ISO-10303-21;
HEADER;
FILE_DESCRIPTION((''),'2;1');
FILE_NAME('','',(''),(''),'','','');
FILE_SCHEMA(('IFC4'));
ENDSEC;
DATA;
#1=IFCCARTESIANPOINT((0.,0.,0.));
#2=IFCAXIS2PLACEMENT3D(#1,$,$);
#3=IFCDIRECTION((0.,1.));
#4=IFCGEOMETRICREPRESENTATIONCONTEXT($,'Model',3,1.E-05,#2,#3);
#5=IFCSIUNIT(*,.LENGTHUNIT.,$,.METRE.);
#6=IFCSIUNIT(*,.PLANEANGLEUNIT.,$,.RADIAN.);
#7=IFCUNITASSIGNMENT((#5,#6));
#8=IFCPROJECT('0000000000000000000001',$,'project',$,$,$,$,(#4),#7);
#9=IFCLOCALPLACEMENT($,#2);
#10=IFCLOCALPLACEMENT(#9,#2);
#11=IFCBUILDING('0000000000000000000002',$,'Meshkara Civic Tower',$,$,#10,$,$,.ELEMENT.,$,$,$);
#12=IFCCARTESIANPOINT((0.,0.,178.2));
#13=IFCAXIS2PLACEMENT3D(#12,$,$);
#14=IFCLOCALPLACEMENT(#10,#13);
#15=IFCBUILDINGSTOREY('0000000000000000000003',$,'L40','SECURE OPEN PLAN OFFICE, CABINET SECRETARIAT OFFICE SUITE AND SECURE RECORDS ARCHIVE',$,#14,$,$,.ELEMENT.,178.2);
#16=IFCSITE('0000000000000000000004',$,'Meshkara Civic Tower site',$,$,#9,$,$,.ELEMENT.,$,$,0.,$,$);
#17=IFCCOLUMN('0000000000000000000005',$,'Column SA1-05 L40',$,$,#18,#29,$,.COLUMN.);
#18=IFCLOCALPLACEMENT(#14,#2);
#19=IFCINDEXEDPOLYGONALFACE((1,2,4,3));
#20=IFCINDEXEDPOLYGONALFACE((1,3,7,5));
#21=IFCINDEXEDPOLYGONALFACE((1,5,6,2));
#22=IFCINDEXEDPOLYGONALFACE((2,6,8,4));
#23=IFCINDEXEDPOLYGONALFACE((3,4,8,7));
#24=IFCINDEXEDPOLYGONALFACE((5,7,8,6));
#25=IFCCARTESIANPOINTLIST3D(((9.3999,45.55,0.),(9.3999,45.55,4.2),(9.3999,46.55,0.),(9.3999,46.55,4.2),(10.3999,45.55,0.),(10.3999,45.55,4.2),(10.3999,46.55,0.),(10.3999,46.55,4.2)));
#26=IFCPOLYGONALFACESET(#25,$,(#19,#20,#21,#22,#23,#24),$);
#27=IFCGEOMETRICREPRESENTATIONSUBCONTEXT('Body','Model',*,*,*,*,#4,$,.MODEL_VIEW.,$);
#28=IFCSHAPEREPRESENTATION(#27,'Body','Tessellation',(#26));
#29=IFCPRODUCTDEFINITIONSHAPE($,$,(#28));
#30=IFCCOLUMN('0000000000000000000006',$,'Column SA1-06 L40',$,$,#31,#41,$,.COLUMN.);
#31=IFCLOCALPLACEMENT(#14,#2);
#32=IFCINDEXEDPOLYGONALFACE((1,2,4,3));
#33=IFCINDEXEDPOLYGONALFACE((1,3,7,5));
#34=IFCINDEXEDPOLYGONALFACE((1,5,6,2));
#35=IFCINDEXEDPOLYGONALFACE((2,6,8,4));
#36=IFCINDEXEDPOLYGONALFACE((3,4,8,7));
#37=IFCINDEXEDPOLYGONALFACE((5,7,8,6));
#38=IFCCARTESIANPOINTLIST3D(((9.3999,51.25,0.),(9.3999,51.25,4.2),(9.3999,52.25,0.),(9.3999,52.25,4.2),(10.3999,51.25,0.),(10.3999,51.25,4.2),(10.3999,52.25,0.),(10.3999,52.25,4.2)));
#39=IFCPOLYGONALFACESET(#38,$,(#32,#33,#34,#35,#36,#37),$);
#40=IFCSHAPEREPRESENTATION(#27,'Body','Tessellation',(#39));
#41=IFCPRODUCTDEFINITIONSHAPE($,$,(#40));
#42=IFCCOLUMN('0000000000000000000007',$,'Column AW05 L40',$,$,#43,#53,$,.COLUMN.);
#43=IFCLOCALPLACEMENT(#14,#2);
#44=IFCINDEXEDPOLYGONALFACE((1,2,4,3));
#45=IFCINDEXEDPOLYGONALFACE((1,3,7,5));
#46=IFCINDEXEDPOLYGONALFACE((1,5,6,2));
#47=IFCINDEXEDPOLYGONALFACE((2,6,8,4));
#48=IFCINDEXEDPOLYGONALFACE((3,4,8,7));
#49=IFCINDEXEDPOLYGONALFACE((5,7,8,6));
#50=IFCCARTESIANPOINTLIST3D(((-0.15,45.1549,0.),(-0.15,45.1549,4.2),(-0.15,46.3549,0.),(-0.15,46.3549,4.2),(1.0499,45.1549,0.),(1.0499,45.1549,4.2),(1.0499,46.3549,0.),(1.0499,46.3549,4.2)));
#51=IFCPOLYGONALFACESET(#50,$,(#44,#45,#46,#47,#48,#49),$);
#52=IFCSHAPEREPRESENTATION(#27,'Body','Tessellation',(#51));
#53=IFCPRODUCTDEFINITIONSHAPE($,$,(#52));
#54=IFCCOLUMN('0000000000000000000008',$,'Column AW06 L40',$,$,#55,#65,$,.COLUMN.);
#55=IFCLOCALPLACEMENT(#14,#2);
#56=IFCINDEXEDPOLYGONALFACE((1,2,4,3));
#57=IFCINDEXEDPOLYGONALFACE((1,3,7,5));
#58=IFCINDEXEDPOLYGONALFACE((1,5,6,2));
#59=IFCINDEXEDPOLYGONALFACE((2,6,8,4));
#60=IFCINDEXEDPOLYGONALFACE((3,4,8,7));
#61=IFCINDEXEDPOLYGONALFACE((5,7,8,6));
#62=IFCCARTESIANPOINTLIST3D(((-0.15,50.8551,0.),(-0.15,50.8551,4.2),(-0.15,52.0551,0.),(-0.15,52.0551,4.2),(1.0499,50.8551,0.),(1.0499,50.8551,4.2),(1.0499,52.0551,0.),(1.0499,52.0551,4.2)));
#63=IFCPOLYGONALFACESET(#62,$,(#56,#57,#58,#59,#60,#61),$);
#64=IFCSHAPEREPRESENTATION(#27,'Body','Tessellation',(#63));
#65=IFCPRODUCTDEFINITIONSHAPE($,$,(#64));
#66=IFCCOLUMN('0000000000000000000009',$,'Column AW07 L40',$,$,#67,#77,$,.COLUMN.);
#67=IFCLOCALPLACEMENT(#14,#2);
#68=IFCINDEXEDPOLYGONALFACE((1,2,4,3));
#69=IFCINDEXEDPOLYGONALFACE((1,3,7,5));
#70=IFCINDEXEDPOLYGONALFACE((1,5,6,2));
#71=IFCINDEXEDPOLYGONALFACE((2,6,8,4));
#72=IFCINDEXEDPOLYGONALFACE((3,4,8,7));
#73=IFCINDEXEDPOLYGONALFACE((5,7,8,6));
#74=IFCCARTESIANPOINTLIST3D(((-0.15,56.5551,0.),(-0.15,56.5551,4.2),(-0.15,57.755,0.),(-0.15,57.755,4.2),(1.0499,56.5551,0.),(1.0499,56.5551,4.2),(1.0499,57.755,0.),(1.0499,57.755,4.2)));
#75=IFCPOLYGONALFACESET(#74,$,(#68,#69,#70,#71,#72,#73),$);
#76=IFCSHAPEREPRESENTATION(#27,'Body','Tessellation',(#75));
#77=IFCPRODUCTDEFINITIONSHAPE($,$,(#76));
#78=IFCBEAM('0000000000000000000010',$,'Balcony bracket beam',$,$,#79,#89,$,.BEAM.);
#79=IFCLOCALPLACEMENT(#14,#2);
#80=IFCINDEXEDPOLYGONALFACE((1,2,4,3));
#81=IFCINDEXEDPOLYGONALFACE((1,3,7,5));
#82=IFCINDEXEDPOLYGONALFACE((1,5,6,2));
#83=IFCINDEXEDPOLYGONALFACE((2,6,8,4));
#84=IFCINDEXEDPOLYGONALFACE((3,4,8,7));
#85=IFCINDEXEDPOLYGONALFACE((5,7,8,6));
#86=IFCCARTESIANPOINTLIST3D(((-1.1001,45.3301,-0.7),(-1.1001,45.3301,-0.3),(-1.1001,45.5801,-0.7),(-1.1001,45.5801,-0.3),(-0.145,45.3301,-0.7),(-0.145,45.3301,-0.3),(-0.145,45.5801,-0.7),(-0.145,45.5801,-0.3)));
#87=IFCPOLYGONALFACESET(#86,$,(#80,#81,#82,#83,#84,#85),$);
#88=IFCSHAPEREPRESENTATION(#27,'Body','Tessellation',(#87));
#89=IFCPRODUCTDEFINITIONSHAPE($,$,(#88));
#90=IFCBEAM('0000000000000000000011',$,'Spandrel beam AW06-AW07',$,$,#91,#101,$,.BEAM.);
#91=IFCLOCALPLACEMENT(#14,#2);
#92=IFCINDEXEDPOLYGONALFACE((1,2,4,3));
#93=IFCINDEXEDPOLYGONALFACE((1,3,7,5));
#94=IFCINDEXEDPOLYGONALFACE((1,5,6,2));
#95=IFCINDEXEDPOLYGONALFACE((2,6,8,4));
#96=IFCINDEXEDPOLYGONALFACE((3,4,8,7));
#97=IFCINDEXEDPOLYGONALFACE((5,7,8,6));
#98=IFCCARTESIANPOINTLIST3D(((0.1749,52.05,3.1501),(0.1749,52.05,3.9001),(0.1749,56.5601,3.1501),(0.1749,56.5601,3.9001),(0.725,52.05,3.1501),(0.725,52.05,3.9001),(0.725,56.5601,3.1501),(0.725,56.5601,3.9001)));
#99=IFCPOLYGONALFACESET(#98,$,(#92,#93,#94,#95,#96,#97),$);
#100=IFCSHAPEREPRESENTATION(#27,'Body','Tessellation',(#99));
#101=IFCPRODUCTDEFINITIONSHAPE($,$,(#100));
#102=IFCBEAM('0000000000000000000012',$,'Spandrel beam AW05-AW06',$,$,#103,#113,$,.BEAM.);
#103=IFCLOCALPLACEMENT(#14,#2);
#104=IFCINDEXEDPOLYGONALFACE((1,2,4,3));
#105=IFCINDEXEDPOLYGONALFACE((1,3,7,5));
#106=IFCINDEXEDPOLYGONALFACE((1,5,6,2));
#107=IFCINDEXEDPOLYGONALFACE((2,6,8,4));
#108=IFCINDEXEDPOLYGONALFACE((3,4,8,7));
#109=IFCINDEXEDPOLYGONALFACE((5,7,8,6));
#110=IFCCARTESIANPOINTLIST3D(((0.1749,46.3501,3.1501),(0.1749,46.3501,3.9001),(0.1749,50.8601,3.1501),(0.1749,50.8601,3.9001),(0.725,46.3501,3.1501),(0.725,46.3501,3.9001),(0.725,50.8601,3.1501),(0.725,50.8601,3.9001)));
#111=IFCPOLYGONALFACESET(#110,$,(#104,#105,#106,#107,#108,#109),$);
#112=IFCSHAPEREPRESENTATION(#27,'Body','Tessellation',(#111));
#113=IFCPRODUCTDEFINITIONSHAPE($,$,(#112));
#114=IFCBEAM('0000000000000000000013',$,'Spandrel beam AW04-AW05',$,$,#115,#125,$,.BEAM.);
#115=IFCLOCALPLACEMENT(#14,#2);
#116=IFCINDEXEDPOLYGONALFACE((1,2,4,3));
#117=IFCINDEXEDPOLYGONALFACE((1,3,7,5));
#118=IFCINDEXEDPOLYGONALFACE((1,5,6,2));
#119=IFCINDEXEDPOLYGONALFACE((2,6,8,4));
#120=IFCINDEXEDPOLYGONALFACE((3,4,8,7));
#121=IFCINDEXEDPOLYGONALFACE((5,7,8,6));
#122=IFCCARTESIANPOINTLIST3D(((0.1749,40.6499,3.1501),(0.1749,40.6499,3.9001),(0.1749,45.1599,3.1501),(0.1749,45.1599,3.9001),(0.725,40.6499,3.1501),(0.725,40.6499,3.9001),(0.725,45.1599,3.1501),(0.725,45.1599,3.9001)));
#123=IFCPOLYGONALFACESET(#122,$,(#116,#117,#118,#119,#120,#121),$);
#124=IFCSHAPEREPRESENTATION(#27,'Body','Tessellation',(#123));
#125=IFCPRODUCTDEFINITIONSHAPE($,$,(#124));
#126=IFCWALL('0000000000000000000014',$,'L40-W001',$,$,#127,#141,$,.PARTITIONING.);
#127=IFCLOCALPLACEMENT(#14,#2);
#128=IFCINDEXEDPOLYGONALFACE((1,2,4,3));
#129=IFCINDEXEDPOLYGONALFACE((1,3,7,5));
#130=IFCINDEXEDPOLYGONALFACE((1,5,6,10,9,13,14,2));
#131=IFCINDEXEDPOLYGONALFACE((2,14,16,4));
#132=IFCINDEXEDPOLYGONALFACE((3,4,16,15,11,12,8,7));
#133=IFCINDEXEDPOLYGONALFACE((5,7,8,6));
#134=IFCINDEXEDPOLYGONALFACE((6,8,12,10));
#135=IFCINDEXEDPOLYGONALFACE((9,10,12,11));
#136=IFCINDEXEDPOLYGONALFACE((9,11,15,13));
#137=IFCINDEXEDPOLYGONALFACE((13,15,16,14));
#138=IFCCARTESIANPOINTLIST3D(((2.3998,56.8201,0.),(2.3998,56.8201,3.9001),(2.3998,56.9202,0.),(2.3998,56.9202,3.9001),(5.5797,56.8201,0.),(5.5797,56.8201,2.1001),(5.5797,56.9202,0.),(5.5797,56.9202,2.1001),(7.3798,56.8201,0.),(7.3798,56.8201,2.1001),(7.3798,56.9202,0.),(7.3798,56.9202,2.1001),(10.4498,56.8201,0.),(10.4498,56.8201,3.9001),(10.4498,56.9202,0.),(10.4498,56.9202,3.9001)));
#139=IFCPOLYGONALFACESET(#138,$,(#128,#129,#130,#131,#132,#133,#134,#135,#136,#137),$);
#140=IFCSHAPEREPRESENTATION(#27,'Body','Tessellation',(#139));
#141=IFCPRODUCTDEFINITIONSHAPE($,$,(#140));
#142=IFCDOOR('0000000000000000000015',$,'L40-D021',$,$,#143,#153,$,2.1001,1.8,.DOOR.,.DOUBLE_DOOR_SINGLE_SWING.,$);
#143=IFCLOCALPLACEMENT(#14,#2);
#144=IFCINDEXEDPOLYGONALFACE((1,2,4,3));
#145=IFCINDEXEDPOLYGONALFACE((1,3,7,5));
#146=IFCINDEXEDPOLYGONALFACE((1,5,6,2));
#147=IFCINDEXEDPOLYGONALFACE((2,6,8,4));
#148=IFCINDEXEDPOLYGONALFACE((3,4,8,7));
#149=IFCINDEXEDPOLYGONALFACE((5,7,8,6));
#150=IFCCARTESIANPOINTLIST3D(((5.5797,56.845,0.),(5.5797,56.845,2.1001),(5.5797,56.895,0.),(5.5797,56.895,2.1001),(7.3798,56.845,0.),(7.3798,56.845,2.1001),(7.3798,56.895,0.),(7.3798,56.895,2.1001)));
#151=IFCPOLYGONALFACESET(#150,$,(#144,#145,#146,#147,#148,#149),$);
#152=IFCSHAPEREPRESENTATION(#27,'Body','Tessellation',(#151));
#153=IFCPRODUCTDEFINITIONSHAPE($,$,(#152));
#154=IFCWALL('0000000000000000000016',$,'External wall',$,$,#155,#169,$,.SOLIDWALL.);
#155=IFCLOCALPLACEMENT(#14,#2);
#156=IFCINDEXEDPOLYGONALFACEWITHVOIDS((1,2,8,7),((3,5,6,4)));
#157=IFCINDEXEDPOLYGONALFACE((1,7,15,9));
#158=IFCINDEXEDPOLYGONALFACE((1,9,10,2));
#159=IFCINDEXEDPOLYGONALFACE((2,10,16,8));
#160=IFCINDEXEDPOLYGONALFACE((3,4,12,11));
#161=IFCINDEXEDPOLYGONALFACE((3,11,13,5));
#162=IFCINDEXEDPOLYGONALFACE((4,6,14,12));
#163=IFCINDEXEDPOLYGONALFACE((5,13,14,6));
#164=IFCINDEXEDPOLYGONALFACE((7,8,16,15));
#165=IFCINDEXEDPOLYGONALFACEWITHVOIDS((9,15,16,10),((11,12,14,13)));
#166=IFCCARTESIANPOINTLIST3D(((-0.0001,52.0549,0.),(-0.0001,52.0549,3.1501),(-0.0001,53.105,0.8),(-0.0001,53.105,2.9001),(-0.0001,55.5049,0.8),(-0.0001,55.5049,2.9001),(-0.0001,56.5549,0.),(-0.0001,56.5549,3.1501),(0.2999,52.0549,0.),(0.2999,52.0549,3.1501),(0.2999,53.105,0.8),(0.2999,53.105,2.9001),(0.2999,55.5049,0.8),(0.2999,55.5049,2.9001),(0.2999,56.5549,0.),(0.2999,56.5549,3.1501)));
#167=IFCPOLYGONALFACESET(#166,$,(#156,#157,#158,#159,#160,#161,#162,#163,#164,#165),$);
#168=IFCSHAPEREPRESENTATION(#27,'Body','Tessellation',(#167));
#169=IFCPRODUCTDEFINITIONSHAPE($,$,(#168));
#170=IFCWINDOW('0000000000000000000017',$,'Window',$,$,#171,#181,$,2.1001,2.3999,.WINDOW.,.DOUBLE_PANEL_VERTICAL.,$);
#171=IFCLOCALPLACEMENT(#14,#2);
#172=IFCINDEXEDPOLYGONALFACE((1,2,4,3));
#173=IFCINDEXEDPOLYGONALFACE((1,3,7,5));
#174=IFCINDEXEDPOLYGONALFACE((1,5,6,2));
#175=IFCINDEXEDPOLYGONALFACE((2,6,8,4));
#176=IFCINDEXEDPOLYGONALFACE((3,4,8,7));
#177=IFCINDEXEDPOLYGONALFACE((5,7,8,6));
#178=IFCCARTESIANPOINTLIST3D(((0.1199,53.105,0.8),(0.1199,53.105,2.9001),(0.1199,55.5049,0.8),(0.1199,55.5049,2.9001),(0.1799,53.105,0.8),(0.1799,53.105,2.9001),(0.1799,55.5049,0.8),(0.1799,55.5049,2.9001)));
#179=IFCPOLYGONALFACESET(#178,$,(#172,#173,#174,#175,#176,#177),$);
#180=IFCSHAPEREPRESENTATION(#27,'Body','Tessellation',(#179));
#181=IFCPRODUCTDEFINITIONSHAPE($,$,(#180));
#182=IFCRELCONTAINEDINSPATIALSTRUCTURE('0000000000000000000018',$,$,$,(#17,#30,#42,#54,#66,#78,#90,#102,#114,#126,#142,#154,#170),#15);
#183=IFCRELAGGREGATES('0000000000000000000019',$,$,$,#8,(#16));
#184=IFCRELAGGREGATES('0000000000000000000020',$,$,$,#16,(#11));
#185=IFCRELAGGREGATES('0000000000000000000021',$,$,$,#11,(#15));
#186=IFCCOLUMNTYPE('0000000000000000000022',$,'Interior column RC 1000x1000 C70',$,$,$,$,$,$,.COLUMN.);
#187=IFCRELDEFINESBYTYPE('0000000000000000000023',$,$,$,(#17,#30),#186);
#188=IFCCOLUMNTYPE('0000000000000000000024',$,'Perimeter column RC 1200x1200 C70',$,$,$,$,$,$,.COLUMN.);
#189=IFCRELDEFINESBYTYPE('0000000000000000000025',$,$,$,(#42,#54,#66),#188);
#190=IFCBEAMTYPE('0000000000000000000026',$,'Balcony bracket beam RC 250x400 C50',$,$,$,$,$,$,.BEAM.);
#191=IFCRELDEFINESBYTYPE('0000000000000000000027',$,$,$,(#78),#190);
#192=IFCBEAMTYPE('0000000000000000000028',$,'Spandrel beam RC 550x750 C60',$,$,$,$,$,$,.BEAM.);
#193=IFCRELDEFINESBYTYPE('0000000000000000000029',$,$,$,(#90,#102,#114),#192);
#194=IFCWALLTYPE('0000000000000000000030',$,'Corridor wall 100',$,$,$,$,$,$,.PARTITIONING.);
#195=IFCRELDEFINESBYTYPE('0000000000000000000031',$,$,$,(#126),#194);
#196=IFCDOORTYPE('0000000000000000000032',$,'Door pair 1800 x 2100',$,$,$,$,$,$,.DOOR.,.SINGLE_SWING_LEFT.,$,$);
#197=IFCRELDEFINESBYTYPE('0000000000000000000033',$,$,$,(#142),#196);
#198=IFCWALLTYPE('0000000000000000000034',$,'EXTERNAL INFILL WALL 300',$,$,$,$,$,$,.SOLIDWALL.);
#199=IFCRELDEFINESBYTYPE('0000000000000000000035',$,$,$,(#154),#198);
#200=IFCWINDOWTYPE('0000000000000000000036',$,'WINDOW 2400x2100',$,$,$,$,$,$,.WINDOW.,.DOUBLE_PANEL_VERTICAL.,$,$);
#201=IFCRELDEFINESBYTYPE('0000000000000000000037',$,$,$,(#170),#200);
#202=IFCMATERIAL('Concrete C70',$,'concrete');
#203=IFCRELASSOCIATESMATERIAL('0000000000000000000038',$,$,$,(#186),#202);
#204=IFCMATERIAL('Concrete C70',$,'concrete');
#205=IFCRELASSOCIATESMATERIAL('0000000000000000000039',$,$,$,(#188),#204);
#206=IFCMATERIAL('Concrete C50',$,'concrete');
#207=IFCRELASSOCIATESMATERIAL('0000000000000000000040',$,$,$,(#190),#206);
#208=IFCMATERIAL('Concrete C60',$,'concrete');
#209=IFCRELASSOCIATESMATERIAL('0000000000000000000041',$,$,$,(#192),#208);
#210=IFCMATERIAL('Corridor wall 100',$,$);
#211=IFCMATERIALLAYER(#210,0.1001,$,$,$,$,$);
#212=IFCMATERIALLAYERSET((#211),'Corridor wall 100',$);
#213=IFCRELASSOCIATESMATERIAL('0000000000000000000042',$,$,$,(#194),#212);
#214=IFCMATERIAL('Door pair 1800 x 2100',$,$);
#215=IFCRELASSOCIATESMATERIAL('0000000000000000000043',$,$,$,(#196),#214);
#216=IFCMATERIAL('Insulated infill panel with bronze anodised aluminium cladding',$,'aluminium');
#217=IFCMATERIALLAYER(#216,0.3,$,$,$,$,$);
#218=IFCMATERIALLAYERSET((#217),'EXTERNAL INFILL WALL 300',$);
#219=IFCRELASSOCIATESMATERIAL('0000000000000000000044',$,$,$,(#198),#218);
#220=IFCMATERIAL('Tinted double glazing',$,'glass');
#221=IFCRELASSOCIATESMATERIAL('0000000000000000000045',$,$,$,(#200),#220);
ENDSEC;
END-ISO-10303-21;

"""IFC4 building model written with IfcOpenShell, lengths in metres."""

from ifc_helpers import new_model, si_unit, direction, frame, frame_2d, origin, origin_2d, place, context, subcontext, project, spatial, rectangle, extrude, material, layer, layer_set, material_profile, profile_set, type_object, element, fill, save


model = new_model("IFC4")

# Units and contexts
model_context = context("Model", 3, precision=1e-05, world=origin(), true_north=direction((0.0, 1.0)))
body_context = subcontext(model_context, "Body", "Model", "MODEL_VIEW")
ifc_project = project(units=[si_unit("LENGTHUNIT", "METRE"), si_unit("PLANEANGLEUNIT", "RADIAN")], contexts=[model_context])

# Site, building, storey
site_placement = place(None, origin())
site = spatial("IfcSite", under=ifc_project, at=site_placement, Name="Meshkara Civic Tower site", CompositionType="ELEMENT", RefElevation=0.0)
building_placement = place(site_placement, origin())
building = spatial("IfcBuilding", under=site, at=building_placement, Name="Meshkara Civic Tower", CompositionType="ELEMENT")
storey_placement = place(building_placement, frame((0.0, 0.0, 178.2)))
storey = spatial("IfcBuildingStorey", under=building, at=storey_placement, Name="L40", Description="SECURE OPEN PLAN OFFICE, CABINET SECRETARIAT OFFICE SUITE AND SECURE RECORDS ARCHIVE", CompositionType="ELEMENT", Elevation=178.2)

# Columns
ifc_material_1 = material(Name="Concrete C70", Category="concrete")
ifc_material_profile_1 = material_profile(ifc_material_1, rectangle(XDim=1.0, YDim=1.0, at=origin_2d()))
ifc_profile_set_1 = profile_set([ifc_material_profile_1], Name="Concrete C70")
column_type_1 = type_object("IfcColumnType", Name="Interior column RC 1000x1000 C70", PredefinedType="COLUMN", material=ifc_profile_set_1)
for number, where, z_axis, x_axis, name in (
    (1, (9.8999, 46.05, 0.0), (0.0, 0.0, 1.0), (1.0, 0.0, 0.0), "Column SA1-05 L40"),
    (2, (9.8999, 51.75, 0.0), (0.0, 0.0, 1.0), (1.0, 0.0, 0.0), "Column SA1-06 L40"),
):
    element("IfcColumn", number, at=place(storey_placement, frame(where, z_axis=z_axis, x_axis=x_axis)), inside=storey, type_object=column_type_1, Name=name, PredefinedType="COLUMN", context=body_context, shape_type="SweptSolid", body=[
        extrude(rectangle(XDim=1.0, YDim=1.0, at=origin_2d()), origin(), (0.0, 0.0, 1.0), 4.2),
    ])
ifc_material_2 = material(Name="Concrete C70", Category="concrete")
ifc_material_profile_2 = material_profile(ifc_material_2, rectangle(XDim=1.2, YDim=1.2, at=origin_2d()))
ifc_profile_set_2 = profile_set([ifc_material_profile_2], Name="Concrete C70")
column_type_2 = type_object("IfcColumnType", Name="Perimeter column RC 1200x1200 C70", PredefinedType="COLUMN", material=ifc_profile_set_2)
for number, where, z_axis, x_axis, name in (
    (3, (0.45, 45.7549, 0.0), (0.0, 0.0, 1.0), (1.0, 0.0, 0.0), "Column AW05 L40"),
    (4, (0.45, 51.4551, 0.0), (0.0, 0.0, 1.0), (1.0, 0.0, 0.0), "Column AW06 L40"),
    (5, (0.45, 57.155, 0.0), (0.0, 0.0, 1.0), (1.0, 0.0, 0.0), "Column AW07 L40"),
):
    element("IfcColumn", number, at=place(storey_placement, frame(where, z_axis=z_axis, x_axis=x_axis)), inside=storey, type_object=column_type_2, Name=name, PredefinedType="COLUMN", context=body_context, shape_type="SweptSolid", body=[
        extrude(rectangle(XDim=1.2, YDim=1.2, at=origin_2d()), origin(), (0.0, 0.0, 1.0), 4.2),
    ])

# Beams
ifc_material_3 = material(Name="Concrete C50", Category="concrete")
ifc_material_profile_3 = material_profile(ifc_material_3, rectangle(XDim=0.25, YDim=0.3999, at=origin_2d()))
ifc_profile_set_3 = profile_set([ifc_material_profile_3], Name="Concrete C50")
beam_type_1 = type_object("IfcBeamType", Name="Balcony bracket beam RC 250x400 C50", PredefinedType="BEAM", material=ifc_profile_set_3)
beam_placement = place(storey_placement, frame((-0.145, 45.4551, -0.5), z_axis=(-1.0, 0.0, 0.0), x_axis=(0.0, -1.0, 0.0)))
element("IfcBeam", 6, at=beam_placement, inside=storey, type_object=beam_type_1, Name="Balcony bracket beam", PredefinedType="BEAM", context=body_context, shape_type="SweptSolid", body=[
    extrude(rectangle(XDim=0.25, YDim=0.3999, at=origin_2d()), origin(), (0.0, 0.0, 1.0), 0.9551),
])
ifc_material_4 = material(Name="Concrete C60", Category="concrete")
ifc_material_profile_4 = material_profile(ifc_material_4, rectangle(XDim=0.55, YDim=0.75, at=origin_2d()))
ifc_profile_set_4 = profile_set([ifc_material_profile_4], Name="Concrete C60")
beam_type_2 = type_object("IfcBeamType", Name="Spandrel beam RC 550x750 C60", PredefinedType="BEAM", material=ifc_profile_set_4)
for number, where, z_axis, x_axis, name in (
    (7, (0.45, 56.5601, 3.5251), (0.0, -1.0, 0.0), (1.0, 0.0, 0.0), "Spandrel beam AW06-AW07"),
    (8, (0.45, 50.8601, 3.5251), (0.0, -1.0, 0.0), (1.0, 0.0, 0.0), "Spandrel beam AW05-AW06"),
    (9, (0.45, 45.1599, 3.5251), (0.0, -1.0, 0.0), (1.0, 0.0, 0.0), "Spandrel beam AW04-AW05"),
):
    element("IfcBeam", number, at=place(storey_placement, frame(where, z_axis=z_axis, x_axis=x_axis)), inside=storey, type_object=beam_type_2, Name=name, PredefinedType="BEAM", context=body_context, shape_type="SweptSolid", body=[
        extrude(rectangle(XDim=0.55, YDim=0.75, at=origin_2d()), origin(), (0.0, 0.0, 1.0), 4.51),
    ])

# Wall, opening, door
ifc_material_5 = material(Name="Corridor wall 100")
ifc_layer_1 = layer(ifc_material_5, 0.1001)
ifc_layer_set_1 = layer_set([ifc_layer_1], Name="Corridor wall 100")
wall_type_1 = type_object("IfcWallType", Name="Corridor wall 100", PredefinedType="PARTITIONING", material=ifc_layer_set_1)
wall_1_placement = place(storey_placement, frame((2.3999, 56.8701, 0.0), z_axis=(0.0, 0.0, 1.0), x_axis=(1.0, 0.0, 0.0)))
wall_1 = element("IfcWall", 10, at=wall_1_placement, inside=storey, type_object=wall_type_1, Name="L40-W001", PredefinedType="PARTITIONING", context=body_context, shape_type="SweptSolid", body=[
    extrude(rectangle(XDim=8.05, YDim=0.1001, at=frame_2d((4.0249, 0.0))), origin(), (0.0, 0.0, 1.0), 3.9001),
])
opening_1_placement = place(wall_1_placement, frame((3.1799, 0.0, 0.0)))
opening_1 = element("IfcOpeningElement", 11, at=opening_1_placement, cuts=wall_1, PredefinedType="OPENING", context=body_context, shape_type="SweptSolid", body=[
    extrude(rectangle(XDim=1.8, YDim=2.1001, at=frame_2d((0.8999, 1.05))), frame((0.0, 0.0601, 0.0), z_axis=(0.0, -1.0, 0.0), x_axis=(1.0, 0.0, 0.0)), (0.0, 0.0, 1.0), 0.1201),
])
ifc_material_6 = material(Name="Door pair 1800 x 2100")
door_type_1 = type_object("IfcDoorType", Name="Door pair 1800 x 2100", OperationType="SINGLE_SWING_LEFT", PredefinedType="DOOR", material=ifc_material_6)
door_1_placement = place(opening_1_placement, origin())
door_1 = element("IfcDoor", 12, at=door_1_placement, inside=storey, type_object=door_type_1, Name="L40-D021", OperationType="DOUBLE_DOOR_SINGLE_SWING", OverallHeight=2.1001, OverallWidth=1.8, PredefinedType="DOOR", context=body_context, shape_type="SweptSolid", body=[
    extrude(rectangle(XDim=1.8, YDim=2.1001, at=frame_2d((0.8999, 1.05))), frame((0.0, 0.0249, 0.0), z_axis=(0.0, -1.0, 0.0), x_axis=(1.0, 0.0, 0.0)), (0.0, 0.0, 1.0), 0.05),
])
fill(opening_1, door_1)

# Wall, opening, window
ifc_material_7 = material(Name="Insulated infill panel with bronze anodised aluminium cladding", Category="aluminium")
ifc_layer_2 = layer(ifc_material_7, 0.3)
ifc_layer_set_2 = layer_set([ifc_layer_2], Name="EXTERNAL INFILL WALL 300")
wall_type_2 = type_object("IfcWallType", Name="EXTERNAL INFILL WALL 300", PredefinedType="SOLIDWALL", material=ifc_layer_set_2)
wall_2_placement = place(storey_placement, frame((0.1499, 56.5549, 0.0), z_axis=(0.0, 0.0, 1.0), x_axis=(0.0, -1.0, 0.0)))
wall_2 = element("IfcWall", 13, at=wall_2_placement, inside=storey, type_object=wall_type_2, Name="External wall", PredefinedType="SOLIDWALL", context=body_context, shape_type="SweptSolid", body=[
    extrude(rectangle(XDim=4.5, YDim=0.3, at=frame_2d((2.25, 0.0))), origin(), (0.0, 0.0, 1.0), 3.1501),
])
opening_2_placement = place(wall_2_placement, frame((1.05, 0.0, 0.8)))
opening_2 = element("IfcOpeningElement", 14, at=opening_2_placement, cuts=wall_2, PredefinedType="OPENING", context=body_context, shape_type="SweptSolid", body=[
    extrude(rectangle(XDim=2.3999, YDim=2.1001, at=frame_2d((1.2, 1.05))), frame((0.0, 0.1599, 0.0), z_axis=(0.0, -1.0, 0.0), x_axis=(1.0, 0.0, 0.0)), (0.0, 0.0, 1.0), 0.3201),
])
ifc_material_8 = material(Name="Tinted double glazing", Category="glass")
window_type = type_object("IfcWindowType", Name="WINDOW 2400x2100", PartitioningType="DOUBLE_PANEL_VERTICAL", PredefinedType="WINDOW", material=ifc_material_8)
window_1_placement = place(opening_2_placement, origin())
window_1 = element("IfcWindow", 15, at=window_1_placement, inside=storey, type_object=window_type, Name="Window", OverallHeight=2.1001, OverallWidth=2.3999, PartitioningType="DOUBLE_PANEL_VERTICAL", PredefinedType="WINDOW", context=body_context, shape_type="SweptSolid", body=[
    extrude(rectangle(XDim=2.3999, YDim=2.1001, at=frame_2d((1.2, 1.05))), frame((0.0, 0.03, 0.0), z_axis=(0.0, -1.0, 0.0), x_axis=(1.0, 0.0, 0.0)), (0.0, 0.0, 1.0), 0.0601),
])
fill(opening_2, window_1)

save(model, "model.ifc")
